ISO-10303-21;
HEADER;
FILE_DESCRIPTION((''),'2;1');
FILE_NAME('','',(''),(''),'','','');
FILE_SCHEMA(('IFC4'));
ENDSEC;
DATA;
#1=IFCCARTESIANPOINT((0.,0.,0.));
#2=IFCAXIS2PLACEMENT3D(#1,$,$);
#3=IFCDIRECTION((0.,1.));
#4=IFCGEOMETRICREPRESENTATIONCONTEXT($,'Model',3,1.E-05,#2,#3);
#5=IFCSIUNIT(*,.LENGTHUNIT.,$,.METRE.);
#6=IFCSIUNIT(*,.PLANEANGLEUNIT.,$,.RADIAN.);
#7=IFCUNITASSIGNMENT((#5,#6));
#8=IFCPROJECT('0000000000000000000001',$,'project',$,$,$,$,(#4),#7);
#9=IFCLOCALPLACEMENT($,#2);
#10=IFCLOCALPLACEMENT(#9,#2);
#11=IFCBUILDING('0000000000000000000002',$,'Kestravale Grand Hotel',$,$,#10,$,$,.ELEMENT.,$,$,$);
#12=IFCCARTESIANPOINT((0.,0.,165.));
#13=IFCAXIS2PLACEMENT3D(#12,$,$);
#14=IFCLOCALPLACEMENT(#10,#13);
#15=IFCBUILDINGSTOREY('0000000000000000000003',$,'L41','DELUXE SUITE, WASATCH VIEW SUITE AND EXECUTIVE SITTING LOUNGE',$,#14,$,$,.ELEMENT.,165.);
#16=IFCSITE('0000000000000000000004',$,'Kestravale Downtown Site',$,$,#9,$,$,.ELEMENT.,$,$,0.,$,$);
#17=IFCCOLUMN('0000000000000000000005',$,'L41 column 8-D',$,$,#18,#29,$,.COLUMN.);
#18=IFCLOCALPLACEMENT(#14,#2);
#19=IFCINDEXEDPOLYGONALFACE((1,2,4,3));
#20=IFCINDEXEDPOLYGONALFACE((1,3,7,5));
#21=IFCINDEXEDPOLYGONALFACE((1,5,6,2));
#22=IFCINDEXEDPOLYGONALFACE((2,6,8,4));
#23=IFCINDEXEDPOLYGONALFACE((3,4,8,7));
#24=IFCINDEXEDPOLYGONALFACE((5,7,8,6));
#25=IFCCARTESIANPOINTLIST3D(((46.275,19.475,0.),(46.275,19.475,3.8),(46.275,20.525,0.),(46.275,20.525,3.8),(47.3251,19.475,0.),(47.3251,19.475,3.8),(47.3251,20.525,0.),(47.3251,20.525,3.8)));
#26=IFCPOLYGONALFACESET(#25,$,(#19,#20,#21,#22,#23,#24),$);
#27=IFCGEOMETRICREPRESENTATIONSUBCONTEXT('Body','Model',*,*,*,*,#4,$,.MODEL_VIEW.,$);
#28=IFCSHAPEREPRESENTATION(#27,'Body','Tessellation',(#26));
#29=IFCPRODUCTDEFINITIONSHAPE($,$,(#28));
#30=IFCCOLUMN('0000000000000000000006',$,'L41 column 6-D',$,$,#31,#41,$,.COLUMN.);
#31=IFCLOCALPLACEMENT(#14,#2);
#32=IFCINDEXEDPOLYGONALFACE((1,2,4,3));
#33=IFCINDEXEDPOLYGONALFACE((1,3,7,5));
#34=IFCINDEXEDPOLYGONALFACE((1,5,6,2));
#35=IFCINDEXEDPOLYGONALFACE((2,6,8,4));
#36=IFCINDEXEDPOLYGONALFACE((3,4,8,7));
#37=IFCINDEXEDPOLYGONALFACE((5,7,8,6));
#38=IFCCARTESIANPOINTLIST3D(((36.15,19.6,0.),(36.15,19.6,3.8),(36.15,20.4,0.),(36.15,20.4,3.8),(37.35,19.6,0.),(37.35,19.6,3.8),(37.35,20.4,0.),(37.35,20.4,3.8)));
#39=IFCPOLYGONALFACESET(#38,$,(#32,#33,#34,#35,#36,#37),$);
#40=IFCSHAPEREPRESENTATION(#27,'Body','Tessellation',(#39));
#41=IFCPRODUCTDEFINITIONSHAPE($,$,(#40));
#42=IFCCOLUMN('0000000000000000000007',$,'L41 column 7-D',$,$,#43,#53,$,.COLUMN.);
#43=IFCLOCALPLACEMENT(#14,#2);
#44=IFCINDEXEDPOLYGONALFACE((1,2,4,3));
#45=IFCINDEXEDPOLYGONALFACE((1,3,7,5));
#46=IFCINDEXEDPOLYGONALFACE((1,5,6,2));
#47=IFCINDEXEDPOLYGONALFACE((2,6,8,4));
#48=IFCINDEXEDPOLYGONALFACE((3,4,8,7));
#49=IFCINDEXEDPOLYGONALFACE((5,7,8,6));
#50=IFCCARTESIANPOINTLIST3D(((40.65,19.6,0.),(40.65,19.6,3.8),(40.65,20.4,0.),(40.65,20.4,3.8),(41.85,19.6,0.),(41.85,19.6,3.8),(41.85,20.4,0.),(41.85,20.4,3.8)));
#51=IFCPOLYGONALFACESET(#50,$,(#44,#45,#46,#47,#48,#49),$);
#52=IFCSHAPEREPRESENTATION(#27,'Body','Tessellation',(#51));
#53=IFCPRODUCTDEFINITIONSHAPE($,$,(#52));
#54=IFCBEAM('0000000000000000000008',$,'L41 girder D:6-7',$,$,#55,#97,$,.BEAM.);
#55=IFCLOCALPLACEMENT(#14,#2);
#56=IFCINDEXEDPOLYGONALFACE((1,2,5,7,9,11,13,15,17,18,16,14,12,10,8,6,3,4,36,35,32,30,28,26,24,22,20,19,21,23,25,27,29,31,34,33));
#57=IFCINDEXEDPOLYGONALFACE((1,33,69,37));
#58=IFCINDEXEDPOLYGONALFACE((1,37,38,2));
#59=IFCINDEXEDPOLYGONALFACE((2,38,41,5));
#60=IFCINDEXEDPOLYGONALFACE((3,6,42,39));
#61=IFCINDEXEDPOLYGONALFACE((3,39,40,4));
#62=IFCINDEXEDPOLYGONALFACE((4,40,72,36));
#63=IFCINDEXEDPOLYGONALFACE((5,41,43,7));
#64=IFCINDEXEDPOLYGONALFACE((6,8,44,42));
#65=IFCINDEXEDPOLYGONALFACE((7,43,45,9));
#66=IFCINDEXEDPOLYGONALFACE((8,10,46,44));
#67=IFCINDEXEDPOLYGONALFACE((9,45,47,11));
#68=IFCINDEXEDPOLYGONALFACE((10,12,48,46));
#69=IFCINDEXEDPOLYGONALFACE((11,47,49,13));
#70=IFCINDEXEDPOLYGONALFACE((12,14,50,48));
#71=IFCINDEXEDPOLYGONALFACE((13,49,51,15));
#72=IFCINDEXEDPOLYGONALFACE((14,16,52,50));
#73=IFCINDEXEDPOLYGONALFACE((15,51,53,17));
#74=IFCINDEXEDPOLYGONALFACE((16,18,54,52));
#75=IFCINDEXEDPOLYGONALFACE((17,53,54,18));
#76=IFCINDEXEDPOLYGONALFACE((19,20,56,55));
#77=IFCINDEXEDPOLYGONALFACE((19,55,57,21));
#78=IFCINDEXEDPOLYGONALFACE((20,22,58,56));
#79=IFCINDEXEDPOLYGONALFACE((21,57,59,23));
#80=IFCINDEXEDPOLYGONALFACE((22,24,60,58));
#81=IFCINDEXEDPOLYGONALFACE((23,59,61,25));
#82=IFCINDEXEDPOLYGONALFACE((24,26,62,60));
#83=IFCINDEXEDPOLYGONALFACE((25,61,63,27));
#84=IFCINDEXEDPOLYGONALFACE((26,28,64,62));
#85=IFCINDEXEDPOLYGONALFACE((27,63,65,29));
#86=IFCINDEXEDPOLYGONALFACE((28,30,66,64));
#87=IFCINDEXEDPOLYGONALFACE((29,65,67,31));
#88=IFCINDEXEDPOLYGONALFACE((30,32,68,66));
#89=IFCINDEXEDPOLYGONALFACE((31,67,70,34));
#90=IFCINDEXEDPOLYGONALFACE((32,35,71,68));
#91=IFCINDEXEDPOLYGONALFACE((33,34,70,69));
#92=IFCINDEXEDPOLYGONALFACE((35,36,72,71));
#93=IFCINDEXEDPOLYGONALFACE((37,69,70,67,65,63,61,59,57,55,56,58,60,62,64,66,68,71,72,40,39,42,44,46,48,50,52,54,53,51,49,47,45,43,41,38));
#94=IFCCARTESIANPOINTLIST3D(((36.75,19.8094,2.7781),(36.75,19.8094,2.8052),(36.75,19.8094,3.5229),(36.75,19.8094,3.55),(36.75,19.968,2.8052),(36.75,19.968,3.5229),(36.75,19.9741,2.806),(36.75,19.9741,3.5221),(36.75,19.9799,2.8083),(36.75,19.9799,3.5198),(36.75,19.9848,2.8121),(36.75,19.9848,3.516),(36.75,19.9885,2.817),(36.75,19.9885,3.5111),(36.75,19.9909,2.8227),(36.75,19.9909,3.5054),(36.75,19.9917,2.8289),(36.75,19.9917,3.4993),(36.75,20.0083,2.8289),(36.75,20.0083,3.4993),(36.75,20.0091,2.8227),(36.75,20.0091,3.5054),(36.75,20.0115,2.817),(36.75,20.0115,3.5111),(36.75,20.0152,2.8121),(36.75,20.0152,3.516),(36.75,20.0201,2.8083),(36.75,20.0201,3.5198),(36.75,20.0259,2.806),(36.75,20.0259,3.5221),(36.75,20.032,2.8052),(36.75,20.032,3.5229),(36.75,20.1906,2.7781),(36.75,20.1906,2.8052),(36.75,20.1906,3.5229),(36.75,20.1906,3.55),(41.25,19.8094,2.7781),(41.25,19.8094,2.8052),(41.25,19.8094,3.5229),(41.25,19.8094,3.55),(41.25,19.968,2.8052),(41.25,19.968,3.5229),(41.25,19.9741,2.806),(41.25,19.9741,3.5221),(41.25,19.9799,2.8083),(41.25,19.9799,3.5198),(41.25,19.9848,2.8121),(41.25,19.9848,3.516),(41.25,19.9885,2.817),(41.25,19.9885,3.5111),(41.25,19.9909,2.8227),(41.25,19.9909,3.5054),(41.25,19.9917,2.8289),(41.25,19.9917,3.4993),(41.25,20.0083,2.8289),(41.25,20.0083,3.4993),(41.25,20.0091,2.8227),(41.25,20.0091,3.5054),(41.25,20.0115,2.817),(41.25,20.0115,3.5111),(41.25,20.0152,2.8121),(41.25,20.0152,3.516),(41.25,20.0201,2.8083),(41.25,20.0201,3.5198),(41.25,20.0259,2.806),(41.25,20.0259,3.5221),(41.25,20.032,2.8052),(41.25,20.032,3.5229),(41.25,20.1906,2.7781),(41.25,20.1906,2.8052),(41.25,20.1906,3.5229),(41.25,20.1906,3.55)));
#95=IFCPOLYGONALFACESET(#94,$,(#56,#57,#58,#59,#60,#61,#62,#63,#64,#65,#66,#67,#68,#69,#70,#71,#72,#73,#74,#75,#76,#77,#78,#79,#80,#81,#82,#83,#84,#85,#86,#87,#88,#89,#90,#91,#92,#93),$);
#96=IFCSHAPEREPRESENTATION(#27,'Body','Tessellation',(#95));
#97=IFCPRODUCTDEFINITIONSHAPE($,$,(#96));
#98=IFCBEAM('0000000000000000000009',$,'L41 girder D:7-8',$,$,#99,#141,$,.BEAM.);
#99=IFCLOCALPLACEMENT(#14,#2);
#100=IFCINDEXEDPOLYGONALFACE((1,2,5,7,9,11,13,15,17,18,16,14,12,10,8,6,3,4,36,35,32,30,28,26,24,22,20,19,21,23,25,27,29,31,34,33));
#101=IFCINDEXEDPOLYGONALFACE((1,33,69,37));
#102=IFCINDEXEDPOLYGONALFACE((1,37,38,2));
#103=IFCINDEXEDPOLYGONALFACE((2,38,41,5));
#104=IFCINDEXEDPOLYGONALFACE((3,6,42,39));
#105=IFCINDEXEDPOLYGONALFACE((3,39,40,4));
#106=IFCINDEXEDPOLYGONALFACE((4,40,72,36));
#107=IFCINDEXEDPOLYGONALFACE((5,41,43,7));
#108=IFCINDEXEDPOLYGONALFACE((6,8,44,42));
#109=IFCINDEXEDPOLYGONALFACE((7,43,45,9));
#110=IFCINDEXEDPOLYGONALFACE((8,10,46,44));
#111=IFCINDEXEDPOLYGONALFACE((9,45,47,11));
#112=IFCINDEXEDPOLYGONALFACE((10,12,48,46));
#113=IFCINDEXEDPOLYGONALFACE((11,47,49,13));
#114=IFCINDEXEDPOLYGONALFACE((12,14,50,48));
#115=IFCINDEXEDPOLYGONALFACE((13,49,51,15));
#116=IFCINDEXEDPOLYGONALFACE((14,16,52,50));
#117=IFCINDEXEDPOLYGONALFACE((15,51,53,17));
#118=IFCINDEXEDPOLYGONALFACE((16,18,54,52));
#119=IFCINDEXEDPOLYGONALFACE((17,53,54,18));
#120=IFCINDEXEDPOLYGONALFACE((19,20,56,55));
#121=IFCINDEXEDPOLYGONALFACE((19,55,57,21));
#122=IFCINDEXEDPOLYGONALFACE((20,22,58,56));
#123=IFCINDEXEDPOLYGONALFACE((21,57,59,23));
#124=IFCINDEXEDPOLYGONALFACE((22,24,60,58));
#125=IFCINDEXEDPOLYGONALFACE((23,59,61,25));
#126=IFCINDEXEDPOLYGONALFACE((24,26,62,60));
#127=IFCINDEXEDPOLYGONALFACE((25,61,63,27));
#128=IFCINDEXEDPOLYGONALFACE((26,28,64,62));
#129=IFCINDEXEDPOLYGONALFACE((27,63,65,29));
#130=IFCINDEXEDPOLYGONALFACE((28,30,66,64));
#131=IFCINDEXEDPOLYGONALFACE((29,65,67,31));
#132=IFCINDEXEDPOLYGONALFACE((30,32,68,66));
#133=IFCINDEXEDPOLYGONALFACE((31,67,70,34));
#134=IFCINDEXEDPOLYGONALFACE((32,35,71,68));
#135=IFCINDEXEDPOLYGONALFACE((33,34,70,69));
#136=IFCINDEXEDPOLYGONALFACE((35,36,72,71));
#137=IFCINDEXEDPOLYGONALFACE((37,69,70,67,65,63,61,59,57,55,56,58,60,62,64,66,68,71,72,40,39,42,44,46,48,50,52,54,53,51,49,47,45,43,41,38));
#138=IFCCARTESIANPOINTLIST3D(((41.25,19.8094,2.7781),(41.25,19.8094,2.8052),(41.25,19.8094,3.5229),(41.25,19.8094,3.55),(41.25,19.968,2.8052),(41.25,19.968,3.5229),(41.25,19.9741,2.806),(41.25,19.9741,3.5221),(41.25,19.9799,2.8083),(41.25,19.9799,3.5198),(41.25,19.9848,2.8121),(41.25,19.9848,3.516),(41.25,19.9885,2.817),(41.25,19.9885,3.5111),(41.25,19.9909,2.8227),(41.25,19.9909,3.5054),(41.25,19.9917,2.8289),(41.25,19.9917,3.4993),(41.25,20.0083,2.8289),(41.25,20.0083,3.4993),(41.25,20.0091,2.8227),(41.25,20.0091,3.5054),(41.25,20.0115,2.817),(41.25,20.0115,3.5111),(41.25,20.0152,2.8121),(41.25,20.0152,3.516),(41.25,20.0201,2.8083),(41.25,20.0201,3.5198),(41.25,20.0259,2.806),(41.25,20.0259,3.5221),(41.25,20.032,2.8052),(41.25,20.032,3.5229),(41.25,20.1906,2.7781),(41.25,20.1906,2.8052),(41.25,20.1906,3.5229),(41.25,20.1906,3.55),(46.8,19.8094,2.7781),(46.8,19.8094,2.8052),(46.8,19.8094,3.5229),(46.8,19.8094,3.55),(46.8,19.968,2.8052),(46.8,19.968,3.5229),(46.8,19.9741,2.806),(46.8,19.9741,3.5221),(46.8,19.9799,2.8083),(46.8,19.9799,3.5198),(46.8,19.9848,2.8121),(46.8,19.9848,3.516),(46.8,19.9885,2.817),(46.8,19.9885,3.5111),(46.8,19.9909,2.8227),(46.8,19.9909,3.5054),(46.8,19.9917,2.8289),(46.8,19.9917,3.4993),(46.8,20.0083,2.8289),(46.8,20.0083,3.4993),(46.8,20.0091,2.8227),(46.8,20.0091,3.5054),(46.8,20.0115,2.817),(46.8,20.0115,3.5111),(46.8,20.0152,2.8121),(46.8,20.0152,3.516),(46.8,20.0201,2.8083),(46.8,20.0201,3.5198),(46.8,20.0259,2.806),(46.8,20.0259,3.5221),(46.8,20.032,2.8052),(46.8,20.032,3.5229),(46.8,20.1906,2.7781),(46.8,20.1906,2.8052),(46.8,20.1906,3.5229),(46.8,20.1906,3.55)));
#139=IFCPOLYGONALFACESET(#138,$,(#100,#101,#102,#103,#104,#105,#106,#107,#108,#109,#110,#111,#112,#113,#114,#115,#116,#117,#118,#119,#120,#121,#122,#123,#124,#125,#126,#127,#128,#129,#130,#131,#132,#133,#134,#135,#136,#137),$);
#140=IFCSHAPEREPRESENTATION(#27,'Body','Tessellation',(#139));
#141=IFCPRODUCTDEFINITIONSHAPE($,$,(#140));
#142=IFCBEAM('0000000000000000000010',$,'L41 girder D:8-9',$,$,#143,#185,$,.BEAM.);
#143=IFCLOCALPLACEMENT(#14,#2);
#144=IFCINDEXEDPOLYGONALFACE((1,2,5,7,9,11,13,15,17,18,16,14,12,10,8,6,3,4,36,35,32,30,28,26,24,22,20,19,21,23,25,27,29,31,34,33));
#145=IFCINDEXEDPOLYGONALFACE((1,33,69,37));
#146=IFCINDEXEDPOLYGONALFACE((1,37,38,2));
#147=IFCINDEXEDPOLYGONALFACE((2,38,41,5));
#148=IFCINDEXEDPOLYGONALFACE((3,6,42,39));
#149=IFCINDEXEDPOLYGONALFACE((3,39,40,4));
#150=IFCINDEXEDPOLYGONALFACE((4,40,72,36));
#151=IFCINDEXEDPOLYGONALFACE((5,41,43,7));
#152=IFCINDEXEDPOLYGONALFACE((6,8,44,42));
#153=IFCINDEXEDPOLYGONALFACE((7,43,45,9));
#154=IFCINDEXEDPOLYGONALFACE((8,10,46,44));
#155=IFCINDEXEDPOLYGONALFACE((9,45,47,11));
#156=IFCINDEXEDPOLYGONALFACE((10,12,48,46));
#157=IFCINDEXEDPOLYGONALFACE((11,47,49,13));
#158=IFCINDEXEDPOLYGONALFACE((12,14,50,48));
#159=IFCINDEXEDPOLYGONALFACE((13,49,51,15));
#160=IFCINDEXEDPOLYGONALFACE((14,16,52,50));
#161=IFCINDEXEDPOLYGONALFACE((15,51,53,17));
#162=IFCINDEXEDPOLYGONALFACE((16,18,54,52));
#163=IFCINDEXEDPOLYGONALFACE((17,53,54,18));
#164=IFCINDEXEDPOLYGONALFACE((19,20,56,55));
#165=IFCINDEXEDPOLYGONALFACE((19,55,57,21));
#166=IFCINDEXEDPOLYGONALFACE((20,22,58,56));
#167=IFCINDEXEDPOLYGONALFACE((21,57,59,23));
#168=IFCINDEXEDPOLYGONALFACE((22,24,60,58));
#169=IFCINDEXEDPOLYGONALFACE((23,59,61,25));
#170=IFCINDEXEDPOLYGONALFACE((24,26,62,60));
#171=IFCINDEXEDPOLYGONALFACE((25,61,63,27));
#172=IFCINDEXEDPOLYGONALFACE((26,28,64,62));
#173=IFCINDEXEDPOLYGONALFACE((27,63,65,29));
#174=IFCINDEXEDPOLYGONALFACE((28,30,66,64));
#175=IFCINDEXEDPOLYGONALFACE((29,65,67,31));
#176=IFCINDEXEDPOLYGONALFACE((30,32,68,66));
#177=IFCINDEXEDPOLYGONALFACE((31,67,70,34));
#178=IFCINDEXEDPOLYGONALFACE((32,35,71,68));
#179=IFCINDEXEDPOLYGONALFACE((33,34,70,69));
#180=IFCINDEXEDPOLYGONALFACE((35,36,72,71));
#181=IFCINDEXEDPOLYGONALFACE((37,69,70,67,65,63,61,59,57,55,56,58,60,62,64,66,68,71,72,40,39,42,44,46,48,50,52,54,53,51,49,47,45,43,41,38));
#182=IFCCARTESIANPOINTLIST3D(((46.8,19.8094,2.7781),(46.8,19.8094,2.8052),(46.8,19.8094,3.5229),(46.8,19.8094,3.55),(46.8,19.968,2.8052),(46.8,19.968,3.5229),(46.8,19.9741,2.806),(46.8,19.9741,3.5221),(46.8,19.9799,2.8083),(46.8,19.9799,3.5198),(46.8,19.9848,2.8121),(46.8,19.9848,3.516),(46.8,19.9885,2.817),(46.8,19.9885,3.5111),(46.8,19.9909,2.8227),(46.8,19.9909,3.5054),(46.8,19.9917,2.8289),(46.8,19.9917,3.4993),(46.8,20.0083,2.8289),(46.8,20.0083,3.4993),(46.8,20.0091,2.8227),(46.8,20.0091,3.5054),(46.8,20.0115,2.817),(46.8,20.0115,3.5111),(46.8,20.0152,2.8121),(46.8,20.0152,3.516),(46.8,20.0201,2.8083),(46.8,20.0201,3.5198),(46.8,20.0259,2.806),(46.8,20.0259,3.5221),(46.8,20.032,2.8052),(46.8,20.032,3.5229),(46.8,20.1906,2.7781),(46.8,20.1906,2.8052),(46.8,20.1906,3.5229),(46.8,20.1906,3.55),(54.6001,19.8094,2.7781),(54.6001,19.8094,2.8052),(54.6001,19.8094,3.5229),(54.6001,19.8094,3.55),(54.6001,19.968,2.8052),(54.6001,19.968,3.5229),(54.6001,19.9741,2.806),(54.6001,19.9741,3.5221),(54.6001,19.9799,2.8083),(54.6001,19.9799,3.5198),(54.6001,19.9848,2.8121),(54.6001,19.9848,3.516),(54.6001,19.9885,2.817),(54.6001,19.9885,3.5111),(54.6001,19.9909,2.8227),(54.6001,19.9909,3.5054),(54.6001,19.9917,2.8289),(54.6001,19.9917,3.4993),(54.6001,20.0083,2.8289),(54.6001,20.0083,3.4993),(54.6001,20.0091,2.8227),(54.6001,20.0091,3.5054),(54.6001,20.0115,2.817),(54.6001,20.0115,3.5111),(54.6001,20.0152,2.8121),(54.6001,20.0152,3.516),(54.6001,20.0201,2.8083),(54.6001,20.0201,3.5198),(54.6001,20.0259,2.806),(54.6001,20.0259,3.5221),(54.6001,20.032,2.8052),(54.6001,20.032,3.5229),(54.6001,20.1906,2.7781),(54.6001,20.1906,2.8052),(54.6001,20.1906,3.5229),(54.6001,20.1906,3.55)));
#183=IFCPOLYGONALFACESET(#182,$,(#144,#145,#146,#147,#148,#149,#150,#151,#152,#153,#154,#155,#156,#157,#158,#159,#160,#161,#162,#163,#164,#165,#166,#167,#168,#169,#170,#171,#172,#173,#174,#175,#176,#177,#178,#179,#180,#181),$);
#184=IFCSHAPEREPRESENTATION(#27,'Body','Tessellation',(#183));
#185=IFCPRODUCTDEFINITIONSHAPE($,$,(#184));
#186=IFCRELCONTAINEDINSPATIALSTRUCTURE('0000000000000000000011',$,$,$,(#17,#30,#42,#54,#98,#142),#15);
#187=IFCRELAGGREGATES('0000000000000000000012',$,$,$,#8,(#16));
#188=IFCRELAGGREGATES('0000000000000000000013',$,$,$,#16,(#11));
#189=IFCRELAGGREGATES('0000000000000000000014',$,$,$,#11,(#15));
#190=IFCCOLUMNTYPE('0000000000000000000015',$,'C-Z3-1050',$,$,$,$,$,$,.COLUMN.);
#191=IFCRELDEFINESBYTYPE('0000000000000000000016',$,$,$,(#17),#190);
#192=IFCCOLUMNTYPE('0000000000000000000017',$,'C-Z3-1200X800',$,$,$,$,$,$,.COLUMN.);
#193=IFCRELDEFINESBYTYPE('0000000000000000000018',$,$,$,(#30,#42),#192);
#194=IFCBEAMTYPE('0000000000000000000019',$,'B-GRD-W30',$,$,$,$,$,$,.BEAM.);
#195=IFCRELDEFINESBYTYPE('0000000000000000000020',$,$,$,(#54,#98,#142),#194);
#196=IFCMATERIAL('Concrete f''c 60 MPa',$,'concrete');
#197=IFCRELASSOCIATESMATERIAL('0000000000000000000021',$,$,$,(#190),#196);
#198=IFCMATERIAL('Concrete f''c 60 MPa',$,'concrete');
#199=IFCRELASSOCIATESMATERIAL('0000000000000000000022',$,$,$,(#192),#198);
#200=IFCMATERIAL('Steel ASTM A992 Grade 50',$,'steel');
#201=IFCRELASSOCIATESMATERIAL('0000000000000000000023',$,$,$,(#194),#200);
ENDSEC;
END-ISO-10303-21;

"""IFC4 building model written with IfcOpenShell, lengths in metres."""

from ifc_helpers import new_model, si_unit, direction, frame, origin, origin_2d, place, context, subcontext, project, spatial, rectangle, i_section, extrude, material, material_profile, profile_set, type_object, element, save


model = new_model("IFC4")

# Units and contexts
model_context = context("Model", 3, precision=1e-05, world=origin(), true_north=direction((0.0, 1.0)))
body_context = subcontext(model_context, "Body", "Model", "MODEL_VIEW")
ifc_project = project(units=[si_unit("LENGTHUNIT", "METRE"), si_unit("PLANEANGLEUNIT", "RADIAN")], contexts=[model_context])

# Site, building, storey
site_placement = place(None, origin())
site = spatial("IfcSite", under=ifc_project, at=site_placement, Name="Kestravale Downtown Site", CompositionType="ELEMENT", RefElevation=0.0)
building_placement = place(site_placement, origin())
building = spatial("IfcBuilding", under=site, at=building_placement, Name="Kestravale Grand Hotel", CompositionType="ELEMENT")
storey_placement = place(building_placement, frame((0.0, 0.0, 165.0)))
storey = spatial("IfcBuildingStorey", under=building, at=storey_placement, Name="L41", Description="DELUXE SUITE, WASATCH VIEW SUITE AND EXECUTIVE SITTING LOUNGE", CompositionType="ELEMENT", Elevation=165.0)

# Columns
ifc_material_1 = material(Name="Concrete f'c 60 MPa", Category="concrete")
ifc_material_profile_1 = material_profile(ifc_material_1, rectangle(XDim=1.05, YDim=1.05, at=origin_2d()))
ifc_profile_set_1 = profile_set([ifc_material_profile_1], Name="Concrete f'c 60 MPa")
column_type_1 = type_object("IfcColumnType", Name="C-Z3-1050", PredefinedType="COLUMN", material=ifc_profile_set_1)
column_placement = place(storey_placement, frame((46.8, 20.0, 0.0), z_axis=(0.0, 0.0, 1.0), x_axis=(1.0, 0.0, 0.0)))
element("IfcColumn", 1, at=column_placement, inside=storey, type_object=column_type_1, Name="L41 column 8-D", PredefinedType="COLUMN", context=body_context, shape_type="SweptSolid", body=[
    extrude(rectangle(XDim=1.05, YDim=1.05, at=origin_2d()), origin(), (0.0, 0.0, 1.0), 3.8),
])
ifc_material_2 = material(Name="Concrete f'c 60 MPa", Category="concrete")
ifc_material_profile_2 = material_profile(ifc_material_2, rectangle(XDim=1.2, YDim=0.8, at=origin_2d()))
ifc_profile_set_2 = profile_set([ifc_material_profile_2], Name="Concrete f'c 60 MPa")
column_type_2 = type_object("IfcColumnType", Name="C-Z3-1200X800", PredefinedType="COLUMN", material=ifc_profile_set_2)
for number, where, z_axis, x_axis, name in (
    (2, (36.75, 20.0, 0.0), (0.0, 0.0, 1.0), (1.0, 0.0, 0.0), "L41 column 6-D"),
    (3, (41.25, 20.0, 0.0), (0.0, 0.0, 1.0), (1.0, 0.0, 0.0), "L41 column 7-D"),
):
    element("IfcColumn", number, at=place(storey_placement, frame(where, z_axis=z_axis, x_axis=x_axis)), inside=storey, type_object=column_type_2, Name=name, PredefinedType="COLUMN", context=body_context, shape_type="SweptSolid", body=[
        extrude(rectangle(XDim=1.2, YDim=0.8, at=origin_2d()), origin(), (0.0, 0.0, 1.0), 3.8),
    ])

# Beams
ifc_material_3 = material(Name="Steel ASTM A992 Grade 50", Category="steel")
ifc_material_profile_3 = material_profile(ifc_material_3, i_section(OverallWidth=0.3811, OverallDepth=0.772, WebThickness=0.0166, FlangeThickness=0.0271, FilletRadius=0.0237, at=origin_2d()))
ifc_profile_set_3 = profile_set([ifc_material_profile_3], Name="Steel ASTM A992 Grade 50")
beam_type = type_object("IfcBeamType", Name="B-GRD-W30", PredefinedType="BEAM", material=ifc_profile_set_3)
beam_1_placement = place(storey_placement, frame((36.75, 20.0, 3.1641), z_axis=(1.0, 0.0, 0.0), x_axis=(0.0, 1.0, 0.0)))
element("IfcBeam", 4, at=beam_1_placement, inside=storey, type_object=beam_type, Name="L41 girder D:6-7", PredefinedType="BEAM", context=body_context, shape_type="SweptSolid", body=[
    extrude(i_section(OverallWidth=0.3811, OverallDepth=0.772, WebThickness=0.0166, FlangeThickness=0.0271, FilletRadius=0.0237, at=origin_2d()), origin(), (0.0, 0.0, 1.0), 4.5),
])
beam_2_placement = place(storey_placement, frame((41.25, 20.0, 3.1641), z_axis=(1.0, 0.0, 0.0), x_axis=(0.0, 1.0, 0.0)))
element("IfcBeam", 5, at=beam_2_placement, inside=storey, type_object=beam_type, Name="L41 girder D:7-8", PredefinedType="BEAM", context=body_context, shape_type="SweptSolid", body=[
    extrude(i_section(OverallWidth=0.3811, OverallDepth=0.772, WebThickness=0.0166, FlangeThickness=0.0271, FilletRadius=0.0237, at=origin_2d()), origin(), (0.0, 0.0, 1.0), 5.55),
])
beam_3_placement = place(storey_placement, frame((46.8, 20.0, 3.1641), z_axis=(1.0, 0.0, 0.0), x_axis=(0.0, 1.0, 0.0)))
element("IfcBeam", 6, at=beam_3_placement, inside=storey, type_object=beam_type, Name="L41 girder D:8-9", PredefinedType="BEAM", context=body_context, shape_type="SweptSolid", body=[
    extrude(i_section(OverallWidth=0.3811, OverallDepth=0.772, WebThickness=0.0166, FlangeThickness=0.0271, FilletRadius=0.0237, at=origin_2d()), origin(), (0.0, 0.0, 1.0), 7.8),
])

save(model, "model.ifc")
